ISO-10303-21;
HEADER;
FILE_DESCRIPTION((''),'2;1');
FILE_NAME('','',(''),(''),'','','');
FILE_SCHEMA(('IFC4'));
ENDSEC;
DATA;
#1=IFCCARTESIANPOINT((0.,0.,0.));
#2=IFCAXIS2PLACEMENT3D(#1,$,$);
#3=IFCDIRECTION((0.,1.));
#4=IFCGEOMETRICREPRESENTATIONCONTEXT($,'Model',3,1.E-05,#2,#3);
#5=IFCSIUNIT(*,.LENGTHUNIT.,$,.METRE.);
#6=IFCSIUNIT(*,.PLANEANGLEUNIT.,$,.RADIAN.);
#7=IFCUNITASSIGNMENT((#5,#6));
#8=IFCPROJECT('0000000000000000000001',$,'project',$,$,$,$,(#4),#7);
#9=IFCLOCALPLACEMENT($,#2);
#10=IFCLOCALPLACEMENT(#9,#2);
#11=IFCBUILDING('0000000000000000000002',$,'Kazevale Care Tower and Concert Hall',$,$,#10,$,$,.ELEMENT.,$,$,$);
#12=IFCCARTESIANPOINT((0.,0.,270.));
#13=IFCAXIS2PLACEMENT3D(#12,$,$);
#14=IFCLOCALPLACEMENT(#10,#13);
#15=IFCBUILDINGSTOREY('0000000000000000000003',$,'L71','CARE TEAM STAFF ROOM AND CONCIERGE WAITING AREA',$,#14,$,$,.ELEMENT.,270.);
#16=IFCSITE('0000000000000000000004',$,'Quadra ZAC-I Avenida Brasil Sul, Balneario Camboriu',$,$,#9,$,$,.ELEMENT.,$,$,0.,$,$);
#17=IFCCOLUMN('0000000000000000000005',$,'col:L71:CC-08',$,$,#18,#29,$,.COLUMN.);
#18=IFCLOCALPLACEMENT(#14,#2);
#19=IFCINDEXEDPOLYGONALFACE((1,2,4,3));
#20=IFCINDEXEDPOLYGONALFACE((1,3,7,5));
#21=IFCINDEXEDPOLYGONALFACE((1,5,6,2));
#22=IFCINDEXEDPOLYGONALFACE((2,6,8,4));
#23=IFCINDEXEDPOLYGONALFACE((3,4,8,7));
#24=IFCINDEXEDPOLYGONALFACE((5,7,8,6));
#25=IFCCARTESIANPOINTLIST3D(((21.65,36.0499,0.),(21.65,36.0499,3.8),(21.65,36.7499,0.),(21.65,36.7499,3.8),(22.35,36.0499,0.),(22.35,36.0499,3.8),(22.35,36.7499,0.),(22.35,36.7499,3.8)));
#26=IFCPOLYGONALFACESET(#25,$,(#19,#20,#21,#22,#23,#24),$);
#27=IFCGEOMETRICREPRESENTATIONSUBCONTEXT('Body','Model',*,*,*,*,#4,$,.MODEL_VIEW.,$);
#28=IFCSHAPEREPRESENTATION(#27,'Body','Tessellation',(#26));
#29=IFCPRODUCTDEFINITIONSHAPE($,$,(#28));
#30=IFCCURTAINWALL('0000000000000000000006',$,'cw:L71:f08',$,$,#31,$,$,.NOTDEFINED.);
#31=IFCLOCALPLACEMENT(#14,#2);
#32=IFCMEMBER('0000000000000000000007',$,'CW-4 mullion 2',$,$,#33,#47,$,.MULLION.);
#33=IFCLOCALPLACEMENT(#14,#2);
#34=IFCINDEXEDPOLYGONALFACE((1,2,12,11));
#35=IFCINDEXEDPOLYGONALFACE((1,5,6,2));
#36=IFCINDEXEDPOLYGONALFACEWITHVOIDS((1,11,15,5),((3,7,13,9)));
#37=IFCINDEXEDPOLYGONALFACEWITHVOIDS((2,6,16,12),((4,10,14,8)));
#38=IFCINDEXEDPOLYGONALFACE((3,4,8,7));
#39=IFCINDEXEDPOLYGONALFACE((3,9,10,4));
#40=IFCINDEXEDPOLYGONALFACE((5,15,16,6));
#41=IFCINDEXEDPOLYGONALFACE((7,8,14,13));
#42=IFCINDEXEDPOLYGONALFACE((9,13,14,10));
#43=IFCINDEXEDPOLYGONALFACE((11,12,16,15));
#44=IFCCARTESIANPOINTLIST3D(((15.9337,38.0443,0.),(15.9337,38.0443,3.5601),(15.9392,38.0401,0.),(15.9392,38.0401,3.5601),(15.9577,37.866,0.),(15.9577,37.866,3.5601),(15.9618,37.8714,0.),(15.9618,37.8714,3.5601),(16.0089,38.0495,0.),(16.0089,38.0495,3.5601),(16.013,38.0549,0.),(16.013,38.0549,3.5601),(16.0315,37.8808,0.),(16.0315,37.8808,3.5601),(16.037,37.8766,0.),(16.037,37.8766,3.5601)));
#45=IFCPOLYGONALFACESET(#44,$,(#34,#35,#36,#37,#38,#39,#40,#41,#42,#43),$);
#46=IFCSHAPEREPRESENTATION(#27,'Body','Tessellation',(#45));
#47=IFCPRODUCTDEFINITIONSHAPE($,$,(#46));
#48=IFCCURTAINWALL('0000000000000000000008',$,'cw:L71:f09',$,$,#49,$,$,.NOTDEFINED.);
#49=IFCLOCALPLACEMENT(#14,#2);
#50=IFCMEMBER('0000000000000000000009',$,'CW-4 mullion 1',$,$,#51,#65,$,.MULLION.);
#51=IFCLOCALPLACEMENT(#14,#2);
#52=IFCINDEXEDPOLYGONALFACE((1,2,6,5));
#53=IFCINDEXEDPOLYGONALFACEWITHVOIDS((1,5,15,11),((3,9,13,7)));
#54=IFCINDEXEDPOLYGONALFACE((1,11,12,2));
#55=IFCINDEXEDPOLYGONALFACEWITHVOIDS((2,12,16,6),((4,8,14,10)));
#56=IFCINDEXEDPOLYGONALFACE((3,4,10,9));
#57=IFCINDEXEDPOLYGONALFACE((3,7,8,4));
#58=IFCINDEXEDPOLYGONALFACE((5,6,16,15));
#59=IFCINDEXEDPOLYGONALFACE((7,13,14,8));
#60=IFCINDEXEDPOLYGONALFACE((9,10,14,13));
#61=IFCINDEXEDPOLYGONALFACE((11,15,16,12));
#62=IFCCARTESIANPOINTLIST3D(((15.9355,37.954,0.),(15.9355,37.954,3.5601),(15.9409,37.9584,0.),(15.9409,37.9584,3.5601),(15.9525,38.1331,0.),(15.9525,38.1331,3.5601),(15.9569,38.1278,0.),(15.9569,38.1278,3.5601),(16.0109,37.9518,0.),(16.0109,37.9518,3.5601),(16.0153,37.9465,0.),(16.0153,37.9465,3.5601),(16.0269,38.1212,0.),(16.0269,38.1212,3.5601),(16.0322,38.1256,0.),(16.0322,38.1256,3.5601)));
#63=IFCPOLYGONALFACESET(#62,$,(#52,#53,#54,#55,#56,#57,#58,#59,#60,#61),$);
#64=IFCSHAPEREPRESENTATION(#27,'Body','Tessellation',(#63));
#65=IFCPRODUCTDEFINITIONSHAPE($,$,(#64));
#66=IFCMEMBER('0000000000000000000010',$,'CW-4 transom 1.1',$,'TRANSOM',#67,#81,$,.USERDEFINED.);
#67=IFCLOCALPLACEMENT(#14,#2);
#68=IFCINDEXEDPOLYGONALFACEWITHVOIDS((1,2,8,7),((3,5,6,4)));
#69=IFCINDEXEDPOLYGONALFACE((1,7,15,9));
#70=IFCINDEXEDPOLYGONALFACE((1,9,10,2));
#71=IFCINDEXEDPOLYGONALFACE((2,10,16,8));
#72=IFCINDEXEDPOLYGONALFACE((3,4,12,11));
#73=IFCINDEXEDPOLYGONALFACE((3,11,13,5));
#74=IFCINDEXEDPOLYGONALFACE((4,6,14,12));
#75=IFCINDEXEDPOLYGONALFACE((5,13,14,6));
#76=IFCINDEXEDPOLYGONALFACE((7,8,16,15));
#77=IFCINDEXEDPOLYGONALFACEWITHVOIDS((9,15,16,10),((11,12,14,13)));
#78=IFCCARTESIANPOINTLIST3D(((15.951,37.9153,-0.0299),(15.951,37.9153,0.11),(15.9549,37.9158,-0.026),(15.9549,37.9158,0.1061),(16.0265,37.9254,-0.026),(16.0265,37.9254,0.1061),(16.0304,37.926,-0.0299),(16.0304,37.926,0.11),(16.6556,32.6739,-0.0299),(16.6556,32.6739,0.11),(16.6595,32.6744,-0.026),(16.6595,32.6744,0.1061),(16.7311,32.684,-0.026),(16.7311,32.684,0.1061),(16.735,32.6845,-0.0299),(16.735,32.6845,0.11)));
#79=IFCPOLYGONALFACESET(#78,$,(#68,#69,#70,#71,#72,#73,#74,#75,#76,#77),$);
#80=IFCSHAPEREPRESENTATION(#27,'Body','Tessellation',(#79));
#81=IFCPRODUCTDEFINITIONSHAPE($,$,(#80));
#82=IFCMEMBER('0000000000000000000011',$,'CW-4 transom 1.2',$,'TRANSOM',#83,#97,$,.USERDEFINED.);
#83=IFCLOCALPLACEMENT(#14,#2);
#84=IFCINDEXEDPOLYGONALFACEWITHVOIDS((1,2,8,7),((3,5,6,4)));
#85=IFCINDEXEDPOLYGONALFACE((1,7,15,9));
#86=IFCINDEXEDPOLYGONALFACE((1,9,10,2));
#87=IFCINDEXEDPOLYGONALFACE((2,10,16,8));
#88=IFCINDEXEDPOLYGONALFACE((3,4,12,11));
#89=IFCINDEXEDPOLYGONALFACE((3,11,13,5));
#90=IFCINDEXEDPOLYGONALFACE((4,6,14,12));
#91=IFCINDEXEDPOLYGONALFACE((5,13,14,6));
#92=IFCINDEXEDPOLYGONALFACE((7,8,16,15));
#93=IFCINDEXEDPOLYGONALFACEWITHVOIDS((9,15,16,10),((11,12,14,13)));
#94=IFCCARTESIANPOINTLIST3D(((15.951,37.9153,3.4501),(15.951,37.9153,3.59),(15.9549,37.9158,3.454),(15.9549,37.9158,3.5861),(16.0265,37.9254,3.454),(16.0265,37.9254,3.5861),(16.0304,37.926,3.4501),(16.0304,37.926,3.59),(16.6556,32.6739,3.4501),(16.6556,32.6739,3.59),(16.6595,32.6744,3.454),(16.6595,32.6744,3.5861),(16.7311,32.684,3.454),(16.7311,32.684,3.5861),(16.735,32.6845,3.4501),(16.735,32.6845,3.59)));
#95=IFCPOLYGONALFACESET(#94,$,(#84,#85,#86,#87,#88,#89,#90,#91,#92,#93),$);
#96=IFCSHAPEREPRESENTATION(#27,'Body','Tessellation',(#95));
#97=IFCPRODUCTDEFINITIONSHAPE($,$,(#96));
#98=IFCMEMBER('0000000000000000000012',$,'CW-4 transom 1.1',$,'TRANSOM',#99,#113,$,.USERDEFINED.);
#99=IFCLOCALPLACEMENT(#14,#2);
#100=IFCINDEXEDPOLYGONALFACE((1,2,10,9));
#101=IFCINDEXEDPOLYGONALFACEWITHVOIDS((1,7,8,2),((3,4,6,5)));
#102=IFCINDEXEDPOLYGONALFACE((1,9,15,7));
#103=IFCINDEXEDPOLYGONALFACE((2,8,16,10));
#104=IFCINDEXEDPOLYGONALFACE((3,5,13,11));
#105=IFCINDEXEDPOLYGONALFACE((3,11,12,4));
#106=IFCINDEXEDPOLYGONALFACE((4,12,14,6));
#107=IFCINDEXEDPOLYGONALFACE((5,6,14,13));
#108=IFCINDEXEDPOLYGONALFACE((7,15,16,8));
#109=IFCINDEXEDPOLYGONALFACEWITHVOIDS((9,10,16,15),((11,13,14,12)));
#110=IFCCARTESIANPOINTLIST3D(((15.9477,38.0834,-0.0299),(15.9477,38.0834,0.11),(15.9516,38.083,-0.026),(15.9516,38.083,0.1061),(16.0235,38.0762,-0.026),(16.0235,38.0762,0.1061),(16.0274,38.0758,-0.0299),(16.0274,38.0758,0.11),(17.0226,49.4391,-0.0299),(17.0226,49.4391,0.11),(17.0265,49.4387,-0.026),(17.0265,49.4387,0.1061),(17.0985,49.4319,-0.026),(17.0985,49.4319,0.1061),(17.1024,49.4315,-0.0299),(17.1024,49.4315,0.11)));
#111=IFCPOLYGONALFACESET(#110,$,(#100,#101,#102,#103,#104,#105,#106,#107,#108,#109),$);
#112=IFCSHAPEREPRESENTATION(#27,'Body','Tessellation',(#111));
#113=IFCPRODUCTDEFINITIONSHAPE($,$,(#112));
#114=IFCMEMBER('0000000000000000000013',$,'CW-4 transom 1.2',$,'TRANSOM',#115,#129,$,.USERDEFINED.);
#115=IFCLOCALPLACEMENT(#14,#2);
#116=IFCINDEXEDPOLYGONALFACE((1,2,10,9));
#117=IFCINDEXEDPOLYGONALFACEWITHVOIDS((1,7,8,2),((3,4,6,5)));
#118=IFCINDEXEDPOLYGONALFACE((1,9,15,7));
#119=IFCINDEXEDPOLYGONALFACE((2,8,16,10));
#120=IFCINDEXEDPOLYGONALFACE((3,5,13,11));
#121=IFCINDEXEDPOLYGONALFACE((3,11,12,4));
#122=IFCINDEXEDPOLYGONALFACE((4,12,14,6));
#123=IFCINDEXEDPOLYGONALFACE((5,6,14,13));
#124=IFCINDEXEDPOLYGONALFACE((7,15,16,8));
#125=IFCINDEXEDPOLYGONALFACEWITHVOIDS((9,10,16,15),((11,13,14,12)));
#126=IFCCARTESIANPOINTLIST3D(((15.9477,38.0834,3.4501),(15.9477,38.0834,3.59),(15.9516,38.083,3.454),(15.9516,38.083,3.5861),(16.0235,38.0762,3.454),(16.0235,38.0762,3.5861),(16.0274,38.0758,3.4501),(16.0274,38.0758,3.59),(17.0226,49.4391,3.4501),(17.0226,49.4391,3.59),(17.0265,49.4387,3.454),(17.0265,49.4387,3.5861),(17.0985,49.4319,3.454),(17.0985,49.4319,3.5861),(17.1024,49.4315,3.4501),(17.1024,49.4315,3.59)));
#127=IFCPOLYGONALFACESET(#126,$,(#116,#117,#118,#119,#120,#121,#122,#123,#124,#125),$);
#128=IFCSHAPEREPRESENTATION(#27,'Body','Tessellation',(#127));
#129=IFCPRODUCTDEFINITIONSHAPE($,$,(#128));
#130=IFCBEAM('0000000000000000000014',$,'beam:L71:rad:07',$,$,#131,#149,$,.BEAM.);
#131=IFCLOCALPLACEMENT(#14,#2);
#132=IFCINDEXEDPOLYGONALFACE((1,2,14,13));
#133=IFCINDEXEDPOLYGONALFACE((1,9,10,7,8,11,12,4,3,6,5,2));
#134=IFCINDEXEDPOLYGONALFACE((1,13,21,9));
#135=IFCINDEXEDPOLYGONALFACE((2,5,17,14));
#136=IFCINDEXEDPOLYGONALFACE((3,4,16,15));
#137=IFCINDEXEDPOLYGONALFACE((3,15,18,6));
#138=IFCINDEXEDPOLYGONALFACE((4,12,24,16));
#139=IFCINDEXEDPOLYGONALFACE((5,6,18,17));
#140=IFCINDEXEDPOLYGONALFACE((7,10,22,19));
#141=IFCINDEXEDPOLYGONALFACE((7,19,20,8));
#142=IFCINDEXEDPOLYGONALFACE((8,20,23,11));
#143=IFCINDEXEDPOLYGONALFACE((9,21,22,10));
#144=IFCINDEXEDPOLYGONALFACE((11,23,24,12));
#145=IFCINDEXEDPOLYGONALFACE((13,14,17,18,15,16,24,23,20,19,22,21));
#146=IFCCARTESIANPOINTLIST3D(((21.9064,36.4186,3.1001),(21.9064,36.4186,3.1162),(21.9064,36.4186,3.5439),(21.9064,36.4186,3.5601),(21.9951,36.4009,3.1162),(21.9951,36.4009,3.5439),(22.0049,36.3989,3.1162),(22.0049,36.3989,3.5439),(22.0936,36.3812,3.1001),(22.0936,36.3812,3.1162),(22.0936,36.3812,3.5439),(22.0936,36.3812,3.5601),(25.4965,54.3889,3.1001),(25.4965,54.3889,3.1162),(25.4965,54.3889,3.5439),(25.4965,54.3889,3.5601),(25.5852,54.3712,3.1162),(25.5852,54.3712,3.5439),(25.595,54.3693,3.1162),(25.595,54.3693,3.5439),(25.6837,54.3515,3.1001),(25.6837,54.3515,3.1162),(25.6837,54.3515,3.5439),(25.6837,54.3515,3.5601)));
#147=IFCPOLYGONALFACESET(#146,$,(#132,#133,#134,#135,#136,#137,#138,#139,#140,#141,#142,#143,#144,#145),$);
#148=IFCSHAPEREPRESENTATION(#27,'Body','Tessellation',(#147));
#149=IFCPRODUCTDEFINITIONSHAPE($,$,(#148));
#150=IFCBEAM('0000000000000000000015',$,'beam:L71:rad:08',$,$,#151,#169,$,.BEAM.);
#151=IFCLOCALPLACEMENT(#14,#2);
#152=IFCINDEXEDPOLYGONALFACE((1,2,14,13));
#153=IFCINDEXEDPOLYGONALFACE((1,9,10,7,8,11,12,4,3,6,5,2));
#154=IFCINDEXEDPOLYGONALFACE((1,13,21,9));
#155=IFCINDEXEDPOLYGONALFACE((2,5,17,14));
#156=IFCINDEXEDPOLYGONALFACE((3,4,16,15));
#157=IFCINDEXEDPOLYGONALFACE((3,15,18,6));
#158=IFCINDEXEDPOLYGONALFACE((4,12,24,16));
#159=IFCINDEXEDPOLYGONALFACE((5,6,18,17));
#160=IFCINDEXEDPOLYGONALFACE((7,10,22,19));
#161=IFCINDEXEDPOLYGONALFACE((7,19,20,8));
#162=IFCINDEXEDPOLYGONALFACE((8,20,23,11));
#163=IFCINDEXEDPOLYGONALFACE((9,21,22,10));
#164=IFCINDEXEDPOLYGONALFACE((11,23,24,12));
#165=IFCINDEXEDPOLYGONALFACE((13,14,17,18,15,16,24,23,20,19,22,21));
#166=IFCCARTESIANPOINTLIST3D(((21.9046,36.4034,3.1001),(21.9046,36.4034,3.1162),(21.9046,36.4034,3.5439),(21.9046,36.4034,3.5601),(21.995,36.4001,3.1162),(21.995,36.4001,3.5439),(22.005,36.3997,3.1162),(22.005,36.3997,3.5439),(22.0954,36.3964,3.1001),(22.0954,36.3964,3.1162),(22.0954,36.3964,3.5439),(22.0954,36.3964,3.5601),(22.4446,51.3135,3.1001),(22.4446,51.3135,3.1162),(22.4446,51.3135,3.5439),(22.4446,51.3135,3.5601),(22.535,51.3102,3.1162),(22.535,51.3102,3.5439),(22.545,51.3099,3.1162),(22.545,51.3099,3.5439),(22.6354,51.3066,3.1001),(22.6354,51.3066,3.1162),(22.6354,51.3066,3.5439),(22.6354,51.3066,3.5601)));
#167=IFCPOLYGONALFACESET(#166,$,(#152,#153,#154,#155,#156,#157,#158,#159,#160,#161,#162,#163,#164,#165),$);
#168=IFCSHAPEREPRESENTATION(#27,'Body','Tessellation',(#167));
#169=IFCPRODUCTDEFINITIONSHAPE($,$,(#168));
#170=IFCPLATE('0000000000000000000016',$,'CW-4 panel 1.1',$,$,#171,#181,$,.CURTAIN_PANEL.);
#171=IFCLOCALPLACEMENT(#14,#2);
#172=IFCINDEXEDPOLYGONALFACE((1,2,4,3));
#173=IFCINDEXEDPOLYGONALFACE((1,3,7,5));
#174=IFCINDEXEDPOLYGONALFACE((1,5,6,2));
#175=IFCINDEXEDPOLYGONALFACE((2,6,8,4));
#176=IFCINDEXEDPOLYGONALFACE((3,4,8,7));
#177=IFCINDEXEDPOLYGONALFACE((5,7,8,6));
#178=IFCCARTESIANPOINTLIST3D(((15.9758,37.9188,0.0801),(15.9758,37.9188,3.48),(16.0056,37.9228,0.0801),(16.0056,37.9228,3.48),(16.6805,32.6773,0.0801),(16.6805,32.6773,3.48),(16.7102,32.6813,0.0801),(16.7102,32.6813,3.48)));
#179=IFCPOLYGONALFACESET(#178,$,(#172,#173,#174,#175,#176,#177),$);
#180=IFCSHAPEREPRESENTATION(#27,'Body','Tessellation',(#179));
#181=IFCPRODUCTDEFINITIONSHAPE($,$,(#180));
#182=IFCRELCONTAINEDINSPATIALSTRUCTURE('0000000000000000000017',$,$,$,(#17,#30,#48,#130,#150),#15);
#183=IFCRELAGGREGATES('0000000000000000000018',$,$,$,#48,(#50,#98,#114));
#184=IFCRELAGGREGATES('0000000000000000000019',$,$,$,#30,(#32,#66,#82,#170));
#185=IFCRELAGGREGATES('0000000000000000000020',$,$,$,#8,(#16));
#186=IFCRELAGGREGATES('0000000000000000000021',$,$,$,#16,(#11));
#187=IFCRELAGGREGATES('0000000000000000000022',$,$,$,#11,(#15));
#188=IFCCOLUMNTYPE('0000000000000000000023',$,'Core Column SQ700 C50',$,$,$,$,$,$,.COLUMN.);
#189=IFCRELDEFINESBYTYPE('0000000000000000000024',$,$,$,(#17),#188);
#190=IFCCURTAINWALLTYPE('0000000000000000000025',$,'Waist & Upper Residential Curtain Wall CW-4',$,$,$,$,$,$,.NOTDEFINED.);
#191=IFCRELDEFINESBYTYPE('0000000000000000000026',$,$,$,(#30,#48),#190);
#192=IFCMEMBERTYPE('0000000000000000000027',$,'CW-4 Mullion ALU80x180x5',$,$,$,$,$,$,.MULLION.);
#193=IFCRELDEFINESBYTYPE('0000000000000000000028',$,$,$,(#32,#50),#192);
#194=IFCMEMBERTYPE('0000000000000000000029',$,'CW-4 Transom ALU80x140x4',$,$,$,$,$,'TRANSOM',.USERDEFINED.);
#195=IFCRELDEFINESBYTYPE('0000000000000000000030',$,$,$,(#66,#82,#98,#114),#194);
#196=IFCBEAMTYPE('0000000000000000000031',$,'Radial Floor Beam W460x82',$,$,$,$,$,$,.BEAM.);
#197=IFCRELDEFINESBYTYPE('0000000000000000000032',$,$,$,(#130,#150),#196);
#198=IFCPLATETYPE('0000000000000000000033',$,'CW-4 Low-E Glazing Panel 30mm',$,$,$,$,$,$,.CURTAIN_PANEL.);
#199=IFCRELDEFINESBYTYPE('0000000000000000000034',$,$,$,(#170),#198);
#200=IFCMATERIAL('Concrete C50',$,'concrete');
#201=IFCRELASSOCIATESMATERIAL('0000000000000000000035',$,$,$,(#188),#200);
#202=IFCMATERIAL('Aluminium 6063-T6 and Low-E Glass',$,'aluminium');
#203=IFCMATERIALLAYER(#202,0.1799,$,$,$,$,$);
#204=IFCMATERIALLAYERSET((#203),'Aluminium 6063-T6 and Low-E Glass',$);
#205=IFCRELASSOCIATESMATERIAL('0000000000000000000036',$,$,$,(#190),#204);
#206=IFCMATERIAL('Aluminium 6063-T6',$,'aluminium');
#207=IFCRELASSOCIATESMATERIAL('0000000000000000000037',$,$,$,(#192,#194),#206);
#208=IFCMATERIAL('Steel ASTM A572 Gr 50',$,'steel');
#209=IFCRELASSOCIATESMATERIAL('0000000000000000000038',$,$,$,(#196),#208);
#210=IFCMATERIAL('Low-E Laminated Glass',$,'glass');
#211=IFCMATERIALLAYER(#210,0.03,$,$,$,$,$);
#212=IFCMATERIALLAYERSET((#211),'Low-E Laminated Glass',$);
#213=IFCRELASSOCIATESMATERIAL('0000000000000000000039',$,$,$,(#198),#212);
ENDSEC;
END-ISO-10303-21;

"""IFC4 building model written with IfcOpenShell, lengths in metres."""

from ifc_helpers import new_model, si_unit, direction, frame, origin, origin_2d, place, context, subcontext, project, spatial, rectangle, hollow_rectangle, i_section, extrude, material, layer, layer_set, material_profile, profile_set, type_object, element, aggregate, save


model = new_model("IFC4")

# Units and contexts
model_context = context("Model", 3, precision=1e-05, world=origin(), true_north=direction((0.0, 1.0)))
body_context = subcontext(model_context, "Body", "Model", "MODEL_VIEW")
ifc_project = project(units=[si_unit("LENGTHUNIT", "METRE"), si_unit("PLANEANGLEUNIT", "RADIAN")], contexts=[model_context])

# Site, building, storey
site_placement = place(None, origin())
site = spatial("IfcSite", under=ifc_project, at=site_placement, Name="Quadra ZAC-I Avenida Brasil Sul, Balneario Camboriu", CompositionType="ELEMENT", RefElevation=0.0)
building_placement = place(site_placement, origin())
building = spatial("IfcBuilding", under=site, at=building_placement, Name="Kazevale Care Tower and Concert Hall", CompositionType="ELEMENT")
storey_placement = place(building_placement, frame((0.0, 0.0, 270.0)))
storey = spatial("IfcBuildingStorey", under=building, at=storey_placement, Name="L71", Description="CARE TEAM STAFF ROOM AND CONCIERGE WAITING AREA", CompositionType="ELEMENT", Elevation=270.0)

# Column
ifc_material_1 = material(Name="Concrete C50", Category="concrete")
ifc_material_profile_1 = material_profile(ifc_material_1, rectangle(XDim=0.7, YDim=0.7, at=origin_2d()), Name="RC-SQ700")
ifc_profile_set_1 = profile_set([ifc_material_profile_1], Name="Concrete C50")
column_type = type_object("IfcColumnType", Name="Core Column SQ700 C50", PredefinedType="COLUMN", material=ifc_profile_set_1)
column_placement = place(storey_placement, frame((22.0, 36.3999, 0.0), z_axis=(0.0, 0.0, 1.0), x_axis=(1.0, 0.0, 0.0)))
element("IfcColumn", 1, at=column_placement, inside=storey, type_object=column_type, Name="col:L71:CC-08", PredefinedType="COLUMN", context=body_context, shape_type="SweptSolid", body=[
    extrude(rectangle(XDim=0.7, YDim=0.7, at=origin_2d()), origin(), (0.0, 0.0, 1.0), 3.8),
])

# Curtain walls, members
ifc_material_2 = material(Name="Aluminium 6063-T6 and Low-E Glass", Category="aluminium")
ifc_layer_1 = layer(ifc_material_2, 0.1799)
ifc_layer_set_1 = layer_set([ifc_layer_1], Name="Aluminium 6063-T6 and Low-E Glass")
curtain_wall_type = type_object("IfcCurtainWallType", Name="Waist & Upper Residential Curtain Wall CW-4", PredefinedType="NOTDEFINED", material=ifc_layer_set_1)
curtain_wall_1_placement = place(storey_placement, origin())
curtain_wall_1 = element("IfcCurtainWall", 2, at=curtain_wall_1_placement, inside=storey, type_object=curtain_wall_type, Name="cw:L71:f08", PredefinedType="NOTDEFINED")
ifc_material_3 = material(Name="Aluminium 6063-T6", Category="aluminium")
ifc_material_profile_2 = material_profile(ifc_material_3, hollow_rectangle(XDim=0.0801, YDim=0.1799, WallThickness=0.0049, at=origin_2d()), Name="ALU80x180x5")
ifc_profile_set_2 = profile_set([ifc_material_profile_2], Name="Aluminium 6063-T6")
member_type_1 = type_object("IfcMemberType", Name="CW-4 Mullion ALU80x180x5", PredefinedType="MULLION", material=ifc_profile_set_2)
member_1_placement = place(storey_placement, frame((15.9854, 37.9604, 0.0), z_axis=(0.0, 0.0, 1.0), x_axis=(-0.991083, -0.133246, 0.0)))
member_1 = element("IfcMember", 3, at=member_1_placement, type_object=member_type_1, Name="CW-4 mullion 2", PredefinedType="MULLION", context=body_context, shape_type="SweptSolid", body=[
    extrude(hollow_rectangle(XDim=0.0801, YDim=0.1799, WallThickness=0.0049, at=origin_2d()), origin(), (0.0, 0.0, 1.0), 3.5601),
])
curtain_wall_2_placement = place(storey_placement, origin())
curtain_wall_2 = element("IfcCurtainWall", 4, at=curtain_wall_2_placement, inside=storey, type_object=curtain_wall_type, Name="cw:L71:f09", PredefinedType="NOTDEFINED")
member_2_placement = place(storey_placement, frame((15.9839, 38.0398, 0.0), z_axis=(0.0, 0.0, 1.0), x_axis=(-0.99555, 0.094238, 0.0)))
member_2 = element("IfcMember", 5, at=member_2_placement, type_object=member_type_1, Name="CW-4 mullion 1", PredefinedType="MULLION", context=body_context, shape_type="SweptSolid", body=[
    extrude(hollow_rectangle(XDim=0.0801, YDim=0.1799, WallThickness=0.0049, at=origin_2d()), origin(), (0.0, 0.0, 1.0), 3.5601),
])

# Members
ifc_material_profile_3 = material_profile(ifc_material_3, hollow_rectangle(XDim=0.0801, YDim=0.1399, WallThickness=0.0039, at=origin_2d()), Name="ALU80x140x4")
ifc_profile_set_3 = profile_set([ifc_material_profile_3], Name="Aluminium 6063-T6")
member_type_2 = type_object("IfcMemberType", Name="CW-4 Transom ALU80x140x4", ElementType="TRANSOM", PredefinedType="USERDEFINED", material=ifc_profile_set_3)
member_3_placement = place(storey_placement, frame((16.6953, 32.6792, 0.04), z_axis=(-0.133228, 0.991085, 0.0), x_axis=(-0.991085, -0.133228, 0.0)))
member_3 = element("IfcMember", 6, at=member_3_placement, type_object=member_type_2, Name="CW-4 transom 1.1", ObjectType="TRANSOM", PredefinedType="USERDEFINED", context=body_context, shape_type="SweptSolid", body=[
    extrude(hollow_rectangle(XDim=0.0801, YDim=0.1399, WallThickness=0.0039, at=origin_2d()), origin(), (0.0, 0.0, 1.0), 5.2886),
])
member_4_placement = place(storey_placement, frame((16.6953, 32.6792, 3.52), z_axis=(-0.133228, 0.991085, 0.0), x_axis=(-0.991085, -0.133228, 0.0)))
member_4 = element("IfcMember", 7, at=member_4_placement, type_object=member_type_2, Name="CW-4 transom 1.2", ObjectType="TRANSOM", PredefinedType="USERDEFINED", context=body_context, shape_type="SweptSolid", body=[
    extrude(hollow_rectangle(XDim=0.0801, YDim=0.1399, WallThickness=0.0039, at=origin_2d()), origin(), (0.0, 0.0, 1.0), 5.2886),
])
member_5_placement = place(storey_placement, frame((15.9875, 38.0796, 0.04), z_axis=(0.09424, 0.995549, 0.0), x_axis=(-0.995549, 0.09424, 0.0)))
member_5 = element("IfcMember", 8, at=member_5_placement, type_object=member_type_2, Name="CW-4 transom 1.1", ObjectType="TRANSOM", PredefinedType="USERDEFINED", context=body_context, shape_type="SweptSolid", body=[
    extrude(hollow_rectangle(XDim=0.0801, YDim=0.1399, WallThickness=0.0039, at=origin_2d()), origin(), (0.0, 0.0, 1.0), 11.4065),
])
member_6_placement = place(storey_placement, frame((15.9875, 38.0796, 3.52), z_axis=(0.09424, 0.995549, 0.0), x_axis=(-0.995549, 0.09424, 0.0)))
member_6 = element("IfcMember", 9, at=member_6_placement, type_object=member_type_2, Name="CW-4 transom 1.2", ObjectType="TRANSOM", PredefinedType="USERDEFINED", context=body_context, shape_type="SweptSolid", body=[
    extrude(hollow_rectangle(XDim=0.0801, YDim=0.1399, WallThickness=0.0039, at=origin_2d()), origin(), (0.0, 0.0, 1.0), 11.4065),
])
aggregate(curtain_wall_2, [member_2, member_5, member_6])

# Beams
ifc_material_4 = material(Name="Steel ASTM A572 Gr 50", Category="steel")
ifc_material_profile_4 = material_profile(ifc_material_4, i_section(OverallWidth=0.1909, OverallDepth=0.46, WebThickness=0.01, FlangeThickness=0.0161, at=origin_2d()), Name="W460x82")
ifc_profile_set_4 = profile_set([ifc_material_profile_4], Name="Steel ASTM A572 Gr 50")
beam_type = type_object("IfcBeamType", Name="Radial Floor Beam W460x82", PredefinedType="BEAM", material=ifc_profile_set_4)
beam_1_placement = place(storey_placement, frame((22.0, 36.3999, 3.3301), z_axis=(0.195909, 0.980622, 0.0), x_axis=(-0.980622, 0.195909, 0.0)))
element("IfcBeam", 10, at=beam_1_placement, inside=storey, type_object=beam_type, Name="beam:L71:rad:07", PredefinedType="BEAM", context=body_context, shape_type="SweptSolid", body=[
    extrude(i_section(OverallWidth=0.1909, OverallDepth=0.46, WebThickness=0.01, FlangeThickness=0.0161, at=origin_2d()), origin(), (0.0, 0.0, 1.0), 18.3254),
])
beam_2_placement = place(storey_placement, frame((22.0, 36.3999, 3.3301), z_axis=(0.036196, 0.999345, 0.0), x_axis=(-0.999345, 0.036196, 0.0)))
element("IfcBeam", 11, at=beam_2_placement, inside=storey, type_object=beam_type, Name="beam:L71:rad:08", PredefinedType="BEAM", context=body_context, shape_type="SweptSolid", body=[
    extrude(i_section(OverallWidth=0.1909, OverallDepth=0.46, WebThickness=0.01, FlangeThickness=0.0161, at=origin_2d()), origin(), (0.0, 0.0, 1.0), 14.9199),
])

# Plate
ifc_material_5 = material(Name="Low-E Laminated Glass", Category="glass")
ifc_layer_2 = layer(ifc_material_5, 0.03)
ifc_layer_set_2 = layer_set([ifc_layer_2], Name="Low-E Laminated Glass")
plate_type = type_object("IfcPlateType", Name="CW-4 Low-E Glazing Panel 30mm", PredefinedType="CURTAIN_PANEL", material=ifc_layer_set_2)
plate_placement = place(storey_placement, frame((16.343, 35.3, 0.0801), z_axis=(0.0, 0.0, 1.0), x_axis=(-0.133246, 0.991083, 0.0)))
plate = element("IfcPlate", 12, at=plate_placement, type_object=plate_type, Name="CW-4 panel 1.1", PredefinedType="CURTAIN_PANEL", context=body_context, shape_type="SweptSolid", body=[
    extrude(rectangle(XDim=5.2886, YDim=0.03, at=origin_2d()), origin(), (0.0, 0.0, 1.0), 3.3999),
])
aggregate(curtain_wall_1, [member_1, member_3, member_4, plate])

save(model, "model.ifc")
